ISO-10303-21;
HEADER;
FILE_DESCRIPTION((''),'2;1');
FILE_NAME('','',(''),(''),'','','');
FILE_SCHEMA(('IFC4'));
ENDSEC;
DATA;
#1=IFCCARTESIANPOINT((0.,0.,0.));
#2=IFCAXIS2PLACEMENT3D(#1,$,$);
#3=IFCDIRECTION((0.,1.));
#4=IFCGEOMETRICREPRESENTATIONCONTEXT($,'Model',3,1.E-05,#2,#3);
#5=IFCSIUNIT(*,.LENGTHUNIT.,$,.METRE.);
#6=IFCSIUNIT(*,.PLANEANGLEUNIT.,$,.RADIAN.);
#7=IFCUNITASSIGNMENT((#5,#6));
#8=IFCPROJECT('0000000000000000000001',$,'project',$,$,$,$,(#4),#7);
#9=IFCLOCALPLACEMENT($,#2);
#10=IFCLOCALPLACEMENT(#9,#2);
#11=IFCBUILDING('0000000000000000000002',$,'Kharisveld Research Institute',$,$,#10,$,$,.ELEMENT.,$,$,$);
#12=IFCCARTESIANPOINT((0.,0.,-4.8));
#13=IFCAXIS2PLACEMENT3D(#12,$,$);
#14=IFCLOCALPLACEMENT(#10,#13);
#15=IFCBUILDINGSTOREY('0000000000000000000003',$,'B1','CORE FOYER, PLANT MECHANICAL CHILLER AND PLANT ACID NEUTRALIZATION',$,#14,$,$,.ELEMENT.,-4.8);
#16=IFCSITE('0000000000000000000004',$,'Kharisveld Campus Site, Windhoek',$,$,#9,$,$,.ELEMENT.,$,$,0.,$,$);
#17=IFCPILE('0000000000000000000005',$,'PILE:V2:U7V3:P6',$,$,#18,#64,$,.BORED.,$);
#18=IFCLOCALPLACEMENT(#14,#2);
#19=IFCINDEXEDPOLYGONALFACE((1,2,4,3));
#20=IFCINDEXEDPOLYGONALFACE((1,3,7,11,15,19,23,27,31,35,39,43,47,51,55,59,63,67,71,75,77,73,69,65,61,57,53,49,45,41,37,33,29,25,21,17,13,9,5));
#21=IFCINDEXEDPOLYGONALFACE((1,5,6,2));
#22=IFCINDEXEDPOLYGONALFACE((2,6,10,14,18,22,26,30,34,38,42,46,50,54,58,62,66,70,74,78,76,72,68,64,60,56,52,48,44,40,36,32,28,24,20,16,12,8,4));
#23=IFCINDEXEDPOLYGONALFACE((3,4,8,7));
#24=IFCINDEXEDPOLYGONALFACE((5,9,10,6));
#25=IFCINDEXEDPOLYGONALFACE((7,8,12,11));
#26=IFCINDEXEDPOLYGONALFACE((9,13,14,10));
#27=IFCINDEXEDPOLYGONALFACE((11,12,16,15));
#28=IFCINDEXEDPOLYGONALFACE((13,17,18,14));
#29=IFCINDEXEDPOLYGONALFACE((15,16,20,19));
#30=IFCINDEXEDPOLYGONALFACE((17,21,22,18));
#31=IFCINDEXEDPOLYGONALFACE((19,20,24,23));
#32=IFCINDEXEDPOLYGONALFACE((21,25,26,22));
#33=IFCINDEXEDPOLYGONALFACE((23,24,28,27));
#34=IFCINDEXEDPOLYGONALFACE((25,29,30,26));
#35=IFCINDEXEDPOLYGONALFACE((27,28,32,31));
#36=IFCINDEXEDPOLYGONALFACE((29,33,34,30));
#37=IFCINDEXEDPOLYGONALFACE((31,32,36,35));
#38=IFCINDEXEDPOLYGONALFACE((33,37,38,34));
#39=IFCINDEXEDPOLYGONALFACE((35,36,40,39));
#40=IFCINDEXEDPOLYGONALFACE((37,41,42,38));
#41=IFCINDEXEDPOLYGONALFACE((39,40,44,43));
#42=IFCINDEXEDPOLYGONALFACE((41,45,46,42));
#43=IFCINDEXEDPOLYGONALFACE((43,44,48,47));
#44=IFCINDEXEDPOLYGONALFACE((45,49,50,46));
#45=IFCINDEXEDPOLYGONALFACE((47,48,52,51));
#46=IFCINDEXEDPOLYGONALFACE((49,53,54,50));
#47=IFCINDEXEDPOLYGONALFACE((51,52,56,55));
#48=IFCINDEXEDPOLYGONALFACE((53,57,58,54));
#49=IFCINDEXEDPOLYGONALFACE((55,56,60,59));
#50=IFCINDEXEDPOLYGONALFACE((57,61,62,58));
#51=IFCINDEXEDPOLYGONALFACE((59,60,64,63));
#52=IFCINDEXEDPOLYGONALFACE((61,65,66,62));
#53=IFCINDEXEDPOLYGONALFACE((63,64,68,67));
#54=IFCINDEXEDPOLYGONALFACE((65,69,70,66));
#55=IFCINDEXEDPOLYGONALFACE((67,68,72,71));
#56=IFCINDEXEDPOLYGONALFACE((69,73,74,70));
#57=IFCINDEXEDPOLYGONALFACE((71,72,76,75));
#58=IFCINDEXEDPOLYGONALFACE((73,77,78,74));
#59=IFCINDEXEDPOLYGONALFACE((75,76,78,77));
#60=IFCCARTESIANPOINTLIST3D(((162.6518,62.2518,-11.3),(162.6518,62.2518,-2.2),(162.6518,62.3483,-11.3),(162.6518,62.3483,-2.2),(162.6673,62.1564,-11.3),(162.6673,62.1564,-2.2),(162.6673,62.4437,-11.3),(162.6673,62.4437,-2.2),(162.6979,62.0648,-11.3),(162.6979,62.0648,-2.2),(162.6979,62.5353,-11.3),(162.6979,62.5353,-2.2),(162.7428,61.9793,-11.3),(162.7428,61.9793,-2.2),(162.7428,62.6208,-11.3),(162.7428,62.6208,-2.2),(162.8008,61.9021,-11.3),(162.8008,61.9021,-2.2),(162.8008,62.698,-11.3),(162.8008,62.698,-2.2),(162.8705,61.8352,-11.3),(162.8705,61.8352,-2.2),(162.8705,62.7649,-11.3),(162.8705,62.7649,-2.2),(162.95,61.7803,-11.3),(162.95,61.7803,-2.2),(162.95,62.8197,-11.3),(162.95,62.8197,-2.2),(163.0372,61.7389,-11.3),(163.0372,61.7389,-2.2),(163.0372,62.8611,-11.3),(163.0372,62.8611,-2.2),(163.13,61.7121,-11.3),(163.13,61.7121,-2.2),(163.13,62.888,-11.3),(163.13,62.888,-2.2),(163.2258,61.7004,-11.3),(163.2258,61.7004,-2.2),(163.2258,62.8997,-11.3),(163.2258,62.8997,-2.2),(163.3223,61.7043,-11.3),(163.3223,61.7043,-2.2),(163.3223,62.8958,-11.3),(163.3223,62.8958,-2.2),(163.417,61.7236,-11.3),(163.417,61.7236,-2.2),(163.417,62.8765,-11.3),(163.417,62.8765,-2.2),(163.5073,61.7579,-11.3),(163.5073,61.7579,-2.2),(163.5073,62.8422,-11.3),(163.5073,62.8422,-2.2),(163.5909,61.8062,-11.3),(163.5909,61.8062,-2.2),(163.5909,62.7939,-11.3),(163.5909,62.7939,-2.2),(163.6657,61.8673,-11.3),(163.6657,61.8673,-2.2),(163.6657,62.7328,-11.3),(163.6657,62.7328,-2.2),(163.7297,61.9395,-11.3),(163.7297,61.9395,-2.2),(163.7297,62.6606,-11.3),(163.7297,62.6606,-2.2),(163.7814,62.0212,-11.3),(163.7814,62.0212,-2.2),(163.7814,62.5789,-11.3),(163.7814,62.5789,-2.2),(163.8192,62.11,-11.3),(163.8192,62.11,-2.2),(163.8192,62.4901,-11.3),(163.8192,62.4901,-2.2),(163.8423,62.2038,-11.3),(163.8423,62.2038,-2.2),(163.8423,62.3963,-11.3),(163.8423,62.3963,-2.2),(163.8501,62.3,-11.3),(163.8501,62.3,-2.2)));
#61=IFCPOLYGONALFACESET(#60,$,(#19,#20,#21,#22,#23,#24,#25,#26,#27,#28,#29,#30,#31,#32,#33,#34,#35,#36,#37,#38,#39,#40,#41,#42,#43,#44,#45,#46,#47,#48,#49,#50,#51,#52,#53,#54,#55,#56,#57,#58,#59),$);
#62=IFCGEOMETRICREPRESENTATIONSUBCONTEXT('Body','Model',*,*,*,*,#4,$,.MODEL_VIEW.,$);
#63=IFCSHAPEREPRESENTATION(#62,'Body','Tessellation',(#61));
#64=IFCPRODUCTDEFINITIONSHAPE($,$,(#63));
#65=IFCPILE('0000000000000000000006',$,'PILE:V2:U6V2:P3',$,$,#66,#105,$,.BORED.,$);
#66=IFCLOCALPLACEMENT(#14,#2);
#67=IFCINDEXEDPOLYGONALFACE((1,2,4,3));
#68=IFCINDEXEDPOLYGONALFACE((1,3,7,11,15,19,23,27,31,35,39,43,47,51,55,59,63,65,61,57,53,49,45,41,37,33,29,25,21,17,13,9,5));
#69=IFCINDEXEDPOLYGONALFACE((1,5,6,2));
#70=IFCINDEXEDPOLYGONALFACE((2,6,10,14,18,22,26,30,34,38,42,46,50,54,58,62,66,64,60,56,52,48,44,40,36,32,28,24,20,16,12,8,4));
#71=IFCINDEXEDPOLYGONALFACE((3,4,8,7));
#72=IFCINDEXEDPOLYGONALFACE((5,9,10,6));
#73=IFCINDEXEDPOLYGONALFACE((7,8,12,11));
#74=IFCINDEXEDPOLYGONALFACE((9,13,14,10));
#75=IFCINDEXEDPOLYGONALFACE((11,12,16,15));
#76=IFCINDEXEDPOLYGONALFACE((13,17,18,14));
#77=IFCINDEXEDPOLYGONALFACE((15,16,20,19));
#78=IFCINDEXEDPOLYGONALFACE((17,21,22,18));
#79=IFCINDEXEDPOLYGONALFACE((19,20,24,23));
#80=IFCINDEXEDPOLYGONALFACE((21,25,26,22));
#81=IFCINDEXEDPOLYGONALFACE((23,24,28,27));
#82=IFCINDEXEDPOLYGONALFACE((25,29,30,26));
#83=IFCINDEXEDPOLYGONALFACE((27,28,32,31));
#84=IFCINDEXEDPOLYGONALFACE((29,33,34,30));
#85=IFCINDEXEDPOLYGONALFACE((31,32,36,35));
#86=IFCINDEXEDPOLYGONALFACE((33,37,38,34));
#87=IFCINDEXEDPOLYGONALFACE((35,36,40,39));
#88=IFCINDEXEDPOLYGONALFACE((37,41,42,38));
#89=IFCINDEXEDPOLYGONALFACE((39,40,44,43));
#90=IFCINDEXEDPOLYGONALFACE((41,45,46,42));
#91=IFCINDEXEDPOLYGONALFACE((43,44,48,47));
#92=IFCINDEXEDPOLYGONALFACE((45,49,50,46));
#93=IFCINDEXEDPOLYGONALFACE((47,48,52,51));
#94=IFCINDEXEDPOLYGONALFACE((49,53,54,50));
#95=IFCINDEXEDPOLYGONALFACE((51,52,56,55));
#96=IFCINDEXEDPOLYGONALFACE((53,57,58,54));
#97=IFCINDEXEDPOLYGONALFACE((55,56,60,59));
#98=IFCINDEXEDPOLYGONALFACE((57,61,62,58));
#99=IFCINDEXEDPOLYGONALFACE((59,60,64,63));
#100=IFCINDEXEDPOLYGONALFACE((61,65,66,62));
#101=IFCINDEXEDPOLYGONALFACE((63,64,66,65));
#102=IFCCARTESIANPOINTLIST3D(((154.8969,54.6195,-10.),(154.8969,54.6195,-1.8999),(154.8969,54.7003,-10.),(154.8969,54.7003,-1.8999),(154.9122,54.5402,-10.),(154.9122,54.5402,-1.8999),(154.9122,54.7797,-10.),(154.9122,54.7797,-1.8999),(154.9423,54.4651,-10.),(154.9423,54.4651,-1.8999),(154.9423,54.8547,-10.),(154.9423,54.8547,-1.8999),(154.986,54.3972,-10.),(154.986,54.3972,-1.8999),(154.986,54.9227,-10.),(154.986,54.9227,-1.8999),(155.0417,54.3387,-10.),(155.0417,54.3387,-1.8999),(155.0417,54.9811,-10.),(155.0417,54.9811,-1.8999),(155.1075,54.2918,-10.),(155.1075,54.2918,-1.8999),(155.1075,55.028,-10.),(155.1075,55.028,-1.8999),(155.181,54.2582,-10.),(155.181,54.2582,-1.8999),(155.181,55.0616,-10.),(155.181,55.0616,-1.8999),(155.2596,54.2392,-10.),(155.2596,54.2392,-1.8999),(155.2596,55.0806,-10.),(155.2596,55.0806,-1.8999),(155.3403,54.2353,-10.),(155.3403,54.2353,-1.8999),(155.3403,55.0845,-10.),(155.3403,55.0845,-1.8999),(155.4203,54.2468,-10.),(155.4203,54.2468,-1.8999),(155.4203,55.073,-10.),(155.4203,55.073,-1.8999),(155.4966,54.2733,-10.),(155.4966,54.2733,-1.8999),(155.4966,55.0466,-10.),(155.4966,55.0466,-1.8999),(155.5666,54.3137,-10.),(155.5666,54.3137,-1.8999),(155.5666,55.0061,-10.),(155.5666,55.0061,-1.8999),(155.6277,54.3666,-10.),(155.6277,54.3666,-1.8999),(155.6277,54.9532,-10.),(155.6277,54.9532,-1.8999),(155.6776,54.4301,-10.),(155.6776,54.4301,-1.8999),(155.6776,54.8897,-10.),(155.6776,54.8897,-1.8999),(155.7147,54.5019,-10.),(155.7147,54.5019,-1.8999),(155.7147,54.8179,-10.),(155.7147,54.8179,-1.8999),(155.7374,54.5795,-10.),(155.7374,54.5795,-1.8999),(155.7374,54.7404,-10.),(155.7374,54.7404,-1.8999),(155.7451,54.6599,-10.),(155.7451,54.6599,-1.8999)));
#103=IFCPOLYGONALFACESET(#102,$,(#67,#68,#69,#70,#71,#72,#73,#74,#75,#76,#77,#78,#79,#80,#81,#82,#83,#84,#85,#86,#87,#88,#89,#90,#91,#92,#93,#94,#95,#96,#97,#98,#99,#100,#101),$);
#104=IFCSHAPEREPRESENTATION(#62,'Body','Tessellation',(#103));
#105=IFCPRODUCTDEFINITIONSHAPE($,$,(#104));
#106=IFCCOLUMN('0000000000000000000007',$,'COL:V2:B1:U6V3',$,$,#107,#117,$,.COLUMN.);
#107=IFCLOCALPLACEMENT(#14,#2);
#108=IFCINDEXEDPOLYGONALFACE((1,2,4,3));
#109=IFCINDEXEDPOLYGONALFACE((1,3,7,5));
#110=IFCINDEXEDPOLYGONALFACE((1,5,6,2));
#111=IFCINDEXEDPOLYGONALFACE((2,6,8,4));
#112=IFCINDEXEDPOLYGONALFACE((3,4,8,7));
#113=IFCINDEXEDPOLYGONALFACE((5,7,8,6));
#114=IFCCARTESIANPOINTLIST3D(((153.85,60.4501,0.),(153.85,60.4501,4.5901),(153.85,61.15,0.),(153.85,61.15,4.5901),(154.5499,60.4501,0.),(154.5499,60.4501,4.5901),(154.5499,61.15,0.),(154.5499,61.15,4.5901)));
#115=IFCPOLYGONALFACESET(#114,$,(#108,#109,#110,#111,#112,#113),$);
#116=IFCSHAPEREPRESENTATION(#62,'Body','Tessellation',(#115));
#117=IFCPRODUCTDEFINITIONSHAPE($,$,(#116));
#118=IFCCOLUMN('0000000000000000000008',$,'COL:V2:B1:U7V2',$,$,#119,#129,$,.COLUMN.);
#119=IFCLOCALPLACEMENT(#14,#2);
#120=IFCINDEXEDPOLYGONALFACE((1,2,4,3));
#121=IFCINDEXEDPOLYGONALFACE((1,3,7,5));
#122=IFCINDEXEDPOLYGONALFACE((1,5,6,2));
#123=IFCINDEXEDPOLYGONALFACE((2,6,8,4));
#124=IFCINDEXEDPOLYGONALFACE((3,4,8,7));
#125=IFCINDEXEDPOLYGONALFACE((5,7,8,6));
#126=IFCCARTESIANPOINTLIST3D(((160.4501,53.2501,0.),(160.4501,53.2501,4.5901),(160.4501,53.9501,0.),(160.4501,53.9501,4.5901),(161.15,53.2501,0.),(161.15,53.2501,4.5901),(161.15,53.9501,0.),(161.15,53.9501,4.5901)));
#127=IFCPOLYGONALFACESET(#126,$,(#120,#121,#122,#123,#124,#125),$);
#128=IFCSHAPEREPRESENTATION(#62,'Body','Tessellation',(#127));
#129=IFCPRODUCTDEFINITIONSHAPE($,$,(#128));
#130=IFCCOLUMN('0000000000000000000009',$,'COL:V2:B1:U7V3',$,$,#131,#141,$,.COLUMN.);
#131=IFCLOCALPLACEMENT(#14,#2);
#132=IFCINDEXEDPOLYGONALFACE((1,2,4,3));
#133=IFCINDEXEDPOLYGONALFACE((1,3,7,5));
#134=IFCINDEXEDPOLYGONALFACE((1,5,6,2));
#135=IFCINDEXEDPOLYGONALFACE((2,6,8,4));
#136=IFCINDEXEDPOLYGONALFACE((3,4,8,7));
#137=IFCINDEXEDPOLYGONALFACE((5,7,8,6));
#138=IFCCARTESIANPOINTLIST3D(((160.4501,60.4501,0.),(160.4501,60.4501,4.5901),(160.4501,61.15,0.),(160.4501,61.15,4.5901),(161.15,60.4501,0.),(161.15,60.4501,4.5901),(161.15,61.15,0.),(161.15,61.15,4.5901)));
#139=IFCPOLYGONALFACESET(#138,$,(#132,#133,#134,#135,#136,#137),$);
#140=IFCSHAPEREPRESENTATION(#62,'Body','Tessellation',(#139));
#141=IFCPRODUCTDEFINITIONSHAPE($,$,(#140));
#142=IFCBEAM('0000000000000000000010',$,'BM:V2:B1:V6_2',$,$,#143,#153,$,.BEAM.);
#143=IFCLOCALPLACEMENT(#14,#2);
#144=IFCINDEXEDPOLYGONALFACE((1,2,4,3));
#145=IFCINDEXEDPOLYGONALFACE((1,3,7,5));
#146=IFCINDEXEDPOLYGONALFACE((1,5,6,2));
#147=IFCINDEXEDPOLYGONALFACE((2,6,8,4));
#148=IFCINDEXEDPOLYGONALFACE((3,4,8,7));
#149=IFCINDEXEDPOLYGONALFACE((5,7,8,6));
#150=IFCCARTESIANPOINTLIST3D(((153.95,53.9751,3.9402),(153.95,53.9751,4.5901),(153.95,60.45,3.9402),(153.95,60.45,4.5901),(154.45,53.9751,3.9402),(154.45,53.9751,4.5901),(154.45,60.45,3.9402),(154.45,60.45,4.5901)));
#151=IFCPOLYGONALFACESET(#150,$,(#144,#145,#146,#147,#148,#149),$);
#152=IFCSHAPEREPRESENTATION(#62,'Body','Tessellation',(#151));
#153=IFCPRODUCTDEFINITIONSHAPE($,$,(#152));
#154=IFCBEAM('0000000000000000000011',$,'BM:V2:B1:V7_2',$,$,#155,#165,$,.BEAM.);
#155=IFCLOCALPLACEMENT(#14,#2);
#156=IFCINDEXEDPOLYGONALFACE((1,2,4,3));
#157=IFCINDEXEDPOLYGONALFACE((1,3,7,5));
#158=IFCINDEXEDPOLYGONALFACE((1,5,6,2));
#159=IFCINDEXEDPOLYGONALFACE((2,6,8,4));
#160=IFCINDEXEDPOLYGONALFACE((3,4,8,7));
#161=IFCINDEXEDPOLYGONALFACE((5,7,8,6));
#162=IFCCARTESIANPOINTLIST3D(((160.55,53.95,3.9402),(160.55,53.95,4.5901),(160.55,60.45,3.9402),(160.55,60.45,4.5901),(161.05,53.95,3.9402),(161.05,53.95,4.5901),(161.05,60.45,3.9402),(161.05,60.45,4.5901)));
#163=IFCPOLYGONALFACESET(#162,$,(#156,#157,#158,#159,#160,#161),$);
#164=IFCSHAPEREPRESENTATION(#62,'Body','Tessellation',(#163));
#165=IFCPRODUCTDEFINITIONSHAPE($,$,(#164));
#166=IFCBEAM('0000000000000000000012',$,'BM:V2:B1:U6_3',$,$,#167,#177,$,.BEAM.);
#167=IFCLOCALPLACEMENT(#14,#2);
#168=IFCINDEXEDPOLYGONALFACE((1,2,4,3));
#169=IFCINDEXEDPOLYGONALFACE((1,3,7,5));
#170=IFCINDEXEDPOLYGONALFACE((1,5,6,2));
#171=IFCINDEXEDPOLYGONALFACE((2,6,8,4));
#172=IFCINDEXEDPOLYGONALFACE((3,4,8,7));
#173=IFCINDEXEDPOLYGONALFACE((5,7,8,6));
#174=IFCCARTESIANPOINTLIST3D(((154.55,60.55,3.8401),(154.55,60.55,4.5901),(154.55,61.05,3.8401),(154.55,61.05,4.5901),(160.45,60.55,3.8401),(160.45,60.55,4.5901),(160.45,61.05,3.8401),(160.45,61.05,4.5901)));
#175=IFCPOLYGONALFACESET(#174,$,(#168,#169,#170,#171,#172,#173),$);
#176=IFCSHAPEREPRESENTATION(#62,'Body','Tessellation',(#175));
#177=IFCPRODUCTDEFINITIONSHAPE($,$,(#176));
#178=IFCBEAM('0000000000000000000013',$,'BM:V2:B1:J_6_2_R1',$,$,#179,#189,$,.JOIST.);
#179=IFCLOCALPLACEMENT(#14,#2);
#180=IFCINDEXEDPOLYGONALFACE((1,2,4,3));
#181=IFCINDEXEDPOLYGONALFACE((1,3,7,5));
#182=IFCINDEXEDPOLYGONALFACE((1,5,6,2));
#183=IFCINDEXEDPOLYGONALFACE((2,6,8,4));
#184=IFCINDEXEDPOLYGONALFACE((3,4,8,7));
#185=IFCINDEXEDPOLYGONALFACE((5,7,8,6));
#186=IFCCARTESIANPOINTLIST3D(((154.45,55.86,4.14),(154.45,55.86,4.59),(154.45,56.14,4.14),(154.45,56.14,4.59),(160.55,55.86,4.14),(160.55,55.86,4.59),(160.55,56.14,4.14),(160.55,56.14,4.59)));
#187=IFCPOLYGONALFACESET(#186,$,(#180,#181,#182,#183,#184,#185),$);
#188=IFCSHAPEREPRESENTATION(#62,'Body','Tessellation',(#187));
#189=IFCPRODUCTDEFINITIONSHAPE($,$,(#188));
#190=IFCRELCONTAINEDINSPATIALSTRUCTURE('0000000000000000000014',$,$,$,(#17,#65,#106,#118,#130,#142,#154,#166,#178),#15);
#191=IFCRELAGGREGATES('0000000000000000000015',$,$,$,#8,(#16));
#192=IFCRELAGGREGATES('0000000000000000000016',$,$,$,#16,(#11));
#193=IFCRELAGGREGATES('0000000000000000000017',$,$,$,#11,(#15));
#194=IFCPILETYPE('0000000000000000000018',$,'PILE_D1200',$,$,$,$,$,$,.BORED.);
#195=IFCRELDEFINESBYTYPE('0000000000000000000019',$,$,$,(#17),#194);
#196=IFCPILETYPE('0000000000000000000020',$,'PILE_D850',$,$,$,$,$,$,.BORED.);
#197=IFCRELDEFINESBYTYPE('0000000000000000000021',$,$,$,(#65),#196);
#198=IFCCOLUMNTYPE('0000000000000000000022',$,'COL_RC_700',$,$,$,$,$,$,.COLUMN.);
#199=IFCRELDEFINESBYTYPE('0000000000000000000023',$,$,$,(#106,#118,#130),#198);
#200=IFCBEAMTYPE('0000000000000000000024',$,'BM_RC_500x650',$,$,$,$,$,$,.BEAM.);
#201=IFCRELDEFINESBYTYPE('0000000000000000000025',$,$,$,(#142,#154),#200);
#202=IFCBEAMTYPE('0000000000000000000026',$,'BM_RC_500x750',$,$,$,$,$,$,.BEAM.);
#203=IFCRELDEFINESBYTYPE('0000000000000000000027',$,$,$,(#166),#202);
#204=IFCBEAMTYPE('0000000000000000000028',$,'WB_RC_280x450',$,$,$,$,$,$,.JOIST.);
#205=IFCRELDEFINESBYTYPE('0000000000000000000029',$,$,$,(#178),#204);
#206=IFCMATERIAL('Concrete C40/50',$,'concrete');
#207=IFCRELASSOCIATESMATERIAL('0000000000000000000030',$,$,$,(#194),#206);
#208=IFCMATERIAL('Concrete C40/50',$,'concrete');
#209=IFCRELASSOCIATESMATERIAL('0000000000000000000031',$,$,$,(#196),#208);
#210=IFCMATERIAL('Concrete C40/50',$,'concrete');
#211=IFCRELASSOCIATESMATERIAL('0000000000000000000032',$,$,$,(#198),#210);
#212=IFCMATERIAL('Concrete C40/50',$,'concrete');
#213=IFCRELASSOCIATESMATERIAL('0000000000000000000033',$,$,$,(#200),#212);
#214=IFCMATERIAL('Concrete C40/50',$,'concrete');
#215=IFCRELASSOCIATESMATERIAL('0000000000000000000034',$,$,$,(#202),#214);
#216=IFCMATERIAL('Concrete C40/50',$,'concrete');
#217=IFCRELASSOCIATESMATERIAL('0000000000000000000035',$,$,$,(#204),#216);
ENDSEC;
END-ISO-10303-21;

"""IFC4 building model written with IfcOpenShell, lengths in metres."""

from ifc_helpers import new_model, si_unit, direction, frame, origin, origin_2d, place, context, subcontext, project, spatial, rectangle, circle, extrude, material, material_profile, profile_set, type_object, element, save


model = new_model("IFC4")

# Units and contexts
model_context = context("Model", 3, precision=1e-05, world=origin(), true_north=direction((0.0, 1.0)))
body_context = subcontext(model_context, "Body", "Model", "MODEL_VIEW")
ifc_project = project(units=[si_unit("LENGTHUNIT", "METRE"), si_unit("PLANEANGLEUNIT", "RADIAN")], contexts=[model_context])

# Site, building, storey
site_placement = place(None, origin())
site = spatial("IfcSite", under=ifc_project, at=site_placement, Name="Kharisveld Campus Site, Windhoek", CompositionType="ELEMENT", RefElevation=0.0)
building_placement = place(site_placement, origin())
building = spatial("IfcBuilding", under=site, at=building_placement, Name="Kharisveld Research Institute", CompositionType="ELEMENT")
storey_placement = place(building_placement, frame((0.0, 0.0, -4.8)))
storey = spatial("IfcBuildingStorey", under=building, at=storey_placement, Name="B1", Description="CORE FOYER, PLANT MECHANICAL CHILLER AND PLANT ACID NEUTRALIZATION", CompositionType="ELEMENT", Elevation=-4.8)

# Piles
ifc_material_1 = material(Name="Concrete C40/50", Category="concrete")
ifc_material_profile_1 = material_profile(ifc_material_1, circle(Radius=0.6001, at=origin_2d()))
ifc_profile_set_1 = profile_set([ifc_material_profile_1], Name="Concrete C40/50")
pile_type_1 = type_object("IfcPileType", Name="PILE_D1200", PredefinedType="BORED", material=ifc_profile_set_1)
for number, where, z_axis, x_axis, name in (
    (1, (163.25, 62.3, -2.2), (0.0, 0.0, -1.0), (1.0, 0.0, 0.0), "PILE:V2:U7V3:P6"),
):
    element("IfcPile", number, at=place(storey_placement, frame(where, z_axis=z_axis, x_axis=x_axis)), inside=storey, type_object=pile_type_1, Name=name, PredefinedType="BORED", context=body_context, shape_type="SweptSolid", body=[
        extrude(circle(Radius=0.6001, at=origin_2d()), origin(), (0.0, 0.0, 1.0), 9.1001),
    ])
ifc_material_2 = material(Name="Concrete C40/50", Category="concrete")
ifc_material_profile_2 = material_profile(ifc_material_2, circle(Radius=0.425, at=origin_2d()))
ifc_profile_set_2 = profile_set([ifc_material_profile_2], Name="Concrete C40/50")
pile_type_2 = type_object("IfcPileType", Name="PILE_D850", PredefinedType="BORED", material=ifc_profile_set_2)
pile_placement = place(storey_placement, frame((155.3201, 54.6599, -1.8999), z_axis=(0.0, 0.0, -1.0), x_axis=(1.0, 0.0, 0.0)))
element("IfcPile", 2, at=pile_placement, inside=storey, type_object=pile_type_2, Name="PILE:V2:U6V2:P3", PredefinedType="BORED", context=body_context, shape_type="SweptSolid", body=[
    extrude(circle(Radius=0.425, at=origin_2d()), origin(), (0.0, 0.0, 1.0), 8.1001),
])

# Columns
ifc_material_3 = material(Name="Concrete C40/50", Category="concrete")
ifc_material_profile_3 = material_profile(ifc_material_3, rectangle(XDim=0.7, YDim=0.7, at=origin_2d()))
ifc_profile_set_3 = profile_set([ifc_material_profile_3], Name="Concrete C40/50")
column_type = type_object("IfcColumnType", Name="COL_RC_700", PredefinedType="COLUMN", material=ifc_profile_set_3)
for number, where, z_axis, x_axis, name in (
    (3, (154.2, 60.8, 0.0), (0.0, 0.0, 1.0), (1.0, 0.0, 0.0), "COL:V2:B1:U6V3"),
    (4, (160.8, 53.6001, 0.0), (0.0, 0.0, 1.0), (1.0, 0.0, 0.0), "COL:V2:B1:U7V2"),
    (5, (160.8, 60.8, 0.0), (0.0, 0.0, 1.0), (1.0, 0.0, 0.0), "COL:V2:B1:U7V3"),
):
    element("IfcColumn", number, at=place(storey_placement, frame(where, z_axis=z_axis, x_axis=x_axis)), inside=storey, type_object=column_type, Name=name, PredefinedType="COLUMN", context=body_context, shape_type="SweptSolid", body=[
        extrude(rectangle(XDim=0.7, YDim=0.7, at=origin_2d()), origin(), (0.0, 0.0, 1.0), 4.5901),
    ])

# Beams
ifc_material_4 = material(Name="Concrete C40/50", Category="concrete")
ifc_material_profile_4 = material_profile(ifc_material_4, rectangle(XDim=0.5, YDim=0.6499, at=origin_2d()))
ifc_profile_set_4 = profile_set([ifc_material_profile_4], Name="Concrete C40/50")
beam_type_1 = type_object("IfcBeamType", Name="BM_RC_500x650", PredefinedType="BEAM", material=ifc_profile_set_4)
beam_1_placement = place(storey_placement, frame((154.2, 53.9751, 4.2651), z_axis=(0.0, 1.0, 0.0), x_axis=(-1.0, 0.0, 0.0)))
element("IfcBeam", 6, at=beam_1_placement, inside=storey, type_object=beam_type_1, Name="BM:V2:B1:V6_2", PredefinedType="BEAM", context=body_context, shape_type="SweptSolid", body=[
    extrude(rectangle(XDim=0.5, YDim=0.6499, at=origin_2d()), origin(), (0.0, 0.0, 1.0), 6.4749),
])
beam_2_placement = place(storey_placement, frame((160.8, 53.95, 4.2651), z_axis=(0.0, 1.0, 0.0), x_axis=(-1.0, 0.0, 0.0)))
element("IfcBeam", 7, at=beam_2_placement, inside=storey, type_object=beam_type_1, Name="BM:V2:B1:V7_2", PredefinedType="BEAM", context=body_context, shape_type="SweptSolid", body=[
    extrude(rectangle(XDim=0.5, YDim=0.6499, at=origin_2d()), origin(), (0.0, 0.0, 1.0), 6.5),
])
ifc_material_5 = material(Name="Concrete C40/50", Category="concrete")
ifc_material_profile_5 = material_profile(ifc_material_5, rectangle(XDim=0.5, YDim=0.75, at=origin_2d()))
ifc_profile_set_5 = profile_set([ifc_material_profile_5], Name="Concrete C40/50")
beam_type_2 = type_object("IfcBeamType", Name="BM_RC_500x750", PredefinedType="BEAM", material=ifc_profile_set_5)
beam_3_placement = place(storey_placement, frame((154.55, 60.8, 4.2151), z_axis=(1.0, 0.0, 0.0), x_axis=(0.0, 1.0, 0.0)))
element("IfcBeam", 8, at=beam_3_placement, inside=storey, type_object=beam_type_2, Name="BM:V2:B1:U6_3", PredefinedType="BEAM", context=body_context, shape_type="SweptSolid", body=[
    extrude(rectangle(XDim=0.5, YDim=0.75, at=origin_2d()), origin(), (0.0, 0.0, 1.0), 5.8999),
])
ifc_material_6 = material(Name="Concrete C40/50", Category="concrete")
ifc_material_profile_6 = material_profile(ifc_material_6, rectangle(XDim=0.28, YDim=0.45, at=origin_2d()))
ifc_profile_set_6 = profile_set([ifc_material_profile_6], Name="Concrete C40/50")
beam_type_3 = type_object("IfcBeamType", Name="WB_RC_280x450", PredefinedType="JOIST", material=ifc_profile_set_6)
for number, where, z_axis, x_axis, name in (
    (9, (154.45, 56.0, 4.365), (1.0, 0.0, 0.0), (0.0, 1.0, 0.0), "BM:V2:B1:J_6_2_R1"),
):
    element("IfcBeam", number, at=place(storey_placement, frame(where, z_axis=z_axis, x_axis=x_axis)), inside=storey, type_object=beam_type_3, Name=name, PredefinedType="JOIST", context=body_context, shape_type="SweptSolid", body=[
        extrude(rectangle(XDim=0.28, YDim=0.45, at=origin_2d()), origin(), (0.0, 0.0, 1.0), 6.1001),
    ])

save(model, "model.ifc")
